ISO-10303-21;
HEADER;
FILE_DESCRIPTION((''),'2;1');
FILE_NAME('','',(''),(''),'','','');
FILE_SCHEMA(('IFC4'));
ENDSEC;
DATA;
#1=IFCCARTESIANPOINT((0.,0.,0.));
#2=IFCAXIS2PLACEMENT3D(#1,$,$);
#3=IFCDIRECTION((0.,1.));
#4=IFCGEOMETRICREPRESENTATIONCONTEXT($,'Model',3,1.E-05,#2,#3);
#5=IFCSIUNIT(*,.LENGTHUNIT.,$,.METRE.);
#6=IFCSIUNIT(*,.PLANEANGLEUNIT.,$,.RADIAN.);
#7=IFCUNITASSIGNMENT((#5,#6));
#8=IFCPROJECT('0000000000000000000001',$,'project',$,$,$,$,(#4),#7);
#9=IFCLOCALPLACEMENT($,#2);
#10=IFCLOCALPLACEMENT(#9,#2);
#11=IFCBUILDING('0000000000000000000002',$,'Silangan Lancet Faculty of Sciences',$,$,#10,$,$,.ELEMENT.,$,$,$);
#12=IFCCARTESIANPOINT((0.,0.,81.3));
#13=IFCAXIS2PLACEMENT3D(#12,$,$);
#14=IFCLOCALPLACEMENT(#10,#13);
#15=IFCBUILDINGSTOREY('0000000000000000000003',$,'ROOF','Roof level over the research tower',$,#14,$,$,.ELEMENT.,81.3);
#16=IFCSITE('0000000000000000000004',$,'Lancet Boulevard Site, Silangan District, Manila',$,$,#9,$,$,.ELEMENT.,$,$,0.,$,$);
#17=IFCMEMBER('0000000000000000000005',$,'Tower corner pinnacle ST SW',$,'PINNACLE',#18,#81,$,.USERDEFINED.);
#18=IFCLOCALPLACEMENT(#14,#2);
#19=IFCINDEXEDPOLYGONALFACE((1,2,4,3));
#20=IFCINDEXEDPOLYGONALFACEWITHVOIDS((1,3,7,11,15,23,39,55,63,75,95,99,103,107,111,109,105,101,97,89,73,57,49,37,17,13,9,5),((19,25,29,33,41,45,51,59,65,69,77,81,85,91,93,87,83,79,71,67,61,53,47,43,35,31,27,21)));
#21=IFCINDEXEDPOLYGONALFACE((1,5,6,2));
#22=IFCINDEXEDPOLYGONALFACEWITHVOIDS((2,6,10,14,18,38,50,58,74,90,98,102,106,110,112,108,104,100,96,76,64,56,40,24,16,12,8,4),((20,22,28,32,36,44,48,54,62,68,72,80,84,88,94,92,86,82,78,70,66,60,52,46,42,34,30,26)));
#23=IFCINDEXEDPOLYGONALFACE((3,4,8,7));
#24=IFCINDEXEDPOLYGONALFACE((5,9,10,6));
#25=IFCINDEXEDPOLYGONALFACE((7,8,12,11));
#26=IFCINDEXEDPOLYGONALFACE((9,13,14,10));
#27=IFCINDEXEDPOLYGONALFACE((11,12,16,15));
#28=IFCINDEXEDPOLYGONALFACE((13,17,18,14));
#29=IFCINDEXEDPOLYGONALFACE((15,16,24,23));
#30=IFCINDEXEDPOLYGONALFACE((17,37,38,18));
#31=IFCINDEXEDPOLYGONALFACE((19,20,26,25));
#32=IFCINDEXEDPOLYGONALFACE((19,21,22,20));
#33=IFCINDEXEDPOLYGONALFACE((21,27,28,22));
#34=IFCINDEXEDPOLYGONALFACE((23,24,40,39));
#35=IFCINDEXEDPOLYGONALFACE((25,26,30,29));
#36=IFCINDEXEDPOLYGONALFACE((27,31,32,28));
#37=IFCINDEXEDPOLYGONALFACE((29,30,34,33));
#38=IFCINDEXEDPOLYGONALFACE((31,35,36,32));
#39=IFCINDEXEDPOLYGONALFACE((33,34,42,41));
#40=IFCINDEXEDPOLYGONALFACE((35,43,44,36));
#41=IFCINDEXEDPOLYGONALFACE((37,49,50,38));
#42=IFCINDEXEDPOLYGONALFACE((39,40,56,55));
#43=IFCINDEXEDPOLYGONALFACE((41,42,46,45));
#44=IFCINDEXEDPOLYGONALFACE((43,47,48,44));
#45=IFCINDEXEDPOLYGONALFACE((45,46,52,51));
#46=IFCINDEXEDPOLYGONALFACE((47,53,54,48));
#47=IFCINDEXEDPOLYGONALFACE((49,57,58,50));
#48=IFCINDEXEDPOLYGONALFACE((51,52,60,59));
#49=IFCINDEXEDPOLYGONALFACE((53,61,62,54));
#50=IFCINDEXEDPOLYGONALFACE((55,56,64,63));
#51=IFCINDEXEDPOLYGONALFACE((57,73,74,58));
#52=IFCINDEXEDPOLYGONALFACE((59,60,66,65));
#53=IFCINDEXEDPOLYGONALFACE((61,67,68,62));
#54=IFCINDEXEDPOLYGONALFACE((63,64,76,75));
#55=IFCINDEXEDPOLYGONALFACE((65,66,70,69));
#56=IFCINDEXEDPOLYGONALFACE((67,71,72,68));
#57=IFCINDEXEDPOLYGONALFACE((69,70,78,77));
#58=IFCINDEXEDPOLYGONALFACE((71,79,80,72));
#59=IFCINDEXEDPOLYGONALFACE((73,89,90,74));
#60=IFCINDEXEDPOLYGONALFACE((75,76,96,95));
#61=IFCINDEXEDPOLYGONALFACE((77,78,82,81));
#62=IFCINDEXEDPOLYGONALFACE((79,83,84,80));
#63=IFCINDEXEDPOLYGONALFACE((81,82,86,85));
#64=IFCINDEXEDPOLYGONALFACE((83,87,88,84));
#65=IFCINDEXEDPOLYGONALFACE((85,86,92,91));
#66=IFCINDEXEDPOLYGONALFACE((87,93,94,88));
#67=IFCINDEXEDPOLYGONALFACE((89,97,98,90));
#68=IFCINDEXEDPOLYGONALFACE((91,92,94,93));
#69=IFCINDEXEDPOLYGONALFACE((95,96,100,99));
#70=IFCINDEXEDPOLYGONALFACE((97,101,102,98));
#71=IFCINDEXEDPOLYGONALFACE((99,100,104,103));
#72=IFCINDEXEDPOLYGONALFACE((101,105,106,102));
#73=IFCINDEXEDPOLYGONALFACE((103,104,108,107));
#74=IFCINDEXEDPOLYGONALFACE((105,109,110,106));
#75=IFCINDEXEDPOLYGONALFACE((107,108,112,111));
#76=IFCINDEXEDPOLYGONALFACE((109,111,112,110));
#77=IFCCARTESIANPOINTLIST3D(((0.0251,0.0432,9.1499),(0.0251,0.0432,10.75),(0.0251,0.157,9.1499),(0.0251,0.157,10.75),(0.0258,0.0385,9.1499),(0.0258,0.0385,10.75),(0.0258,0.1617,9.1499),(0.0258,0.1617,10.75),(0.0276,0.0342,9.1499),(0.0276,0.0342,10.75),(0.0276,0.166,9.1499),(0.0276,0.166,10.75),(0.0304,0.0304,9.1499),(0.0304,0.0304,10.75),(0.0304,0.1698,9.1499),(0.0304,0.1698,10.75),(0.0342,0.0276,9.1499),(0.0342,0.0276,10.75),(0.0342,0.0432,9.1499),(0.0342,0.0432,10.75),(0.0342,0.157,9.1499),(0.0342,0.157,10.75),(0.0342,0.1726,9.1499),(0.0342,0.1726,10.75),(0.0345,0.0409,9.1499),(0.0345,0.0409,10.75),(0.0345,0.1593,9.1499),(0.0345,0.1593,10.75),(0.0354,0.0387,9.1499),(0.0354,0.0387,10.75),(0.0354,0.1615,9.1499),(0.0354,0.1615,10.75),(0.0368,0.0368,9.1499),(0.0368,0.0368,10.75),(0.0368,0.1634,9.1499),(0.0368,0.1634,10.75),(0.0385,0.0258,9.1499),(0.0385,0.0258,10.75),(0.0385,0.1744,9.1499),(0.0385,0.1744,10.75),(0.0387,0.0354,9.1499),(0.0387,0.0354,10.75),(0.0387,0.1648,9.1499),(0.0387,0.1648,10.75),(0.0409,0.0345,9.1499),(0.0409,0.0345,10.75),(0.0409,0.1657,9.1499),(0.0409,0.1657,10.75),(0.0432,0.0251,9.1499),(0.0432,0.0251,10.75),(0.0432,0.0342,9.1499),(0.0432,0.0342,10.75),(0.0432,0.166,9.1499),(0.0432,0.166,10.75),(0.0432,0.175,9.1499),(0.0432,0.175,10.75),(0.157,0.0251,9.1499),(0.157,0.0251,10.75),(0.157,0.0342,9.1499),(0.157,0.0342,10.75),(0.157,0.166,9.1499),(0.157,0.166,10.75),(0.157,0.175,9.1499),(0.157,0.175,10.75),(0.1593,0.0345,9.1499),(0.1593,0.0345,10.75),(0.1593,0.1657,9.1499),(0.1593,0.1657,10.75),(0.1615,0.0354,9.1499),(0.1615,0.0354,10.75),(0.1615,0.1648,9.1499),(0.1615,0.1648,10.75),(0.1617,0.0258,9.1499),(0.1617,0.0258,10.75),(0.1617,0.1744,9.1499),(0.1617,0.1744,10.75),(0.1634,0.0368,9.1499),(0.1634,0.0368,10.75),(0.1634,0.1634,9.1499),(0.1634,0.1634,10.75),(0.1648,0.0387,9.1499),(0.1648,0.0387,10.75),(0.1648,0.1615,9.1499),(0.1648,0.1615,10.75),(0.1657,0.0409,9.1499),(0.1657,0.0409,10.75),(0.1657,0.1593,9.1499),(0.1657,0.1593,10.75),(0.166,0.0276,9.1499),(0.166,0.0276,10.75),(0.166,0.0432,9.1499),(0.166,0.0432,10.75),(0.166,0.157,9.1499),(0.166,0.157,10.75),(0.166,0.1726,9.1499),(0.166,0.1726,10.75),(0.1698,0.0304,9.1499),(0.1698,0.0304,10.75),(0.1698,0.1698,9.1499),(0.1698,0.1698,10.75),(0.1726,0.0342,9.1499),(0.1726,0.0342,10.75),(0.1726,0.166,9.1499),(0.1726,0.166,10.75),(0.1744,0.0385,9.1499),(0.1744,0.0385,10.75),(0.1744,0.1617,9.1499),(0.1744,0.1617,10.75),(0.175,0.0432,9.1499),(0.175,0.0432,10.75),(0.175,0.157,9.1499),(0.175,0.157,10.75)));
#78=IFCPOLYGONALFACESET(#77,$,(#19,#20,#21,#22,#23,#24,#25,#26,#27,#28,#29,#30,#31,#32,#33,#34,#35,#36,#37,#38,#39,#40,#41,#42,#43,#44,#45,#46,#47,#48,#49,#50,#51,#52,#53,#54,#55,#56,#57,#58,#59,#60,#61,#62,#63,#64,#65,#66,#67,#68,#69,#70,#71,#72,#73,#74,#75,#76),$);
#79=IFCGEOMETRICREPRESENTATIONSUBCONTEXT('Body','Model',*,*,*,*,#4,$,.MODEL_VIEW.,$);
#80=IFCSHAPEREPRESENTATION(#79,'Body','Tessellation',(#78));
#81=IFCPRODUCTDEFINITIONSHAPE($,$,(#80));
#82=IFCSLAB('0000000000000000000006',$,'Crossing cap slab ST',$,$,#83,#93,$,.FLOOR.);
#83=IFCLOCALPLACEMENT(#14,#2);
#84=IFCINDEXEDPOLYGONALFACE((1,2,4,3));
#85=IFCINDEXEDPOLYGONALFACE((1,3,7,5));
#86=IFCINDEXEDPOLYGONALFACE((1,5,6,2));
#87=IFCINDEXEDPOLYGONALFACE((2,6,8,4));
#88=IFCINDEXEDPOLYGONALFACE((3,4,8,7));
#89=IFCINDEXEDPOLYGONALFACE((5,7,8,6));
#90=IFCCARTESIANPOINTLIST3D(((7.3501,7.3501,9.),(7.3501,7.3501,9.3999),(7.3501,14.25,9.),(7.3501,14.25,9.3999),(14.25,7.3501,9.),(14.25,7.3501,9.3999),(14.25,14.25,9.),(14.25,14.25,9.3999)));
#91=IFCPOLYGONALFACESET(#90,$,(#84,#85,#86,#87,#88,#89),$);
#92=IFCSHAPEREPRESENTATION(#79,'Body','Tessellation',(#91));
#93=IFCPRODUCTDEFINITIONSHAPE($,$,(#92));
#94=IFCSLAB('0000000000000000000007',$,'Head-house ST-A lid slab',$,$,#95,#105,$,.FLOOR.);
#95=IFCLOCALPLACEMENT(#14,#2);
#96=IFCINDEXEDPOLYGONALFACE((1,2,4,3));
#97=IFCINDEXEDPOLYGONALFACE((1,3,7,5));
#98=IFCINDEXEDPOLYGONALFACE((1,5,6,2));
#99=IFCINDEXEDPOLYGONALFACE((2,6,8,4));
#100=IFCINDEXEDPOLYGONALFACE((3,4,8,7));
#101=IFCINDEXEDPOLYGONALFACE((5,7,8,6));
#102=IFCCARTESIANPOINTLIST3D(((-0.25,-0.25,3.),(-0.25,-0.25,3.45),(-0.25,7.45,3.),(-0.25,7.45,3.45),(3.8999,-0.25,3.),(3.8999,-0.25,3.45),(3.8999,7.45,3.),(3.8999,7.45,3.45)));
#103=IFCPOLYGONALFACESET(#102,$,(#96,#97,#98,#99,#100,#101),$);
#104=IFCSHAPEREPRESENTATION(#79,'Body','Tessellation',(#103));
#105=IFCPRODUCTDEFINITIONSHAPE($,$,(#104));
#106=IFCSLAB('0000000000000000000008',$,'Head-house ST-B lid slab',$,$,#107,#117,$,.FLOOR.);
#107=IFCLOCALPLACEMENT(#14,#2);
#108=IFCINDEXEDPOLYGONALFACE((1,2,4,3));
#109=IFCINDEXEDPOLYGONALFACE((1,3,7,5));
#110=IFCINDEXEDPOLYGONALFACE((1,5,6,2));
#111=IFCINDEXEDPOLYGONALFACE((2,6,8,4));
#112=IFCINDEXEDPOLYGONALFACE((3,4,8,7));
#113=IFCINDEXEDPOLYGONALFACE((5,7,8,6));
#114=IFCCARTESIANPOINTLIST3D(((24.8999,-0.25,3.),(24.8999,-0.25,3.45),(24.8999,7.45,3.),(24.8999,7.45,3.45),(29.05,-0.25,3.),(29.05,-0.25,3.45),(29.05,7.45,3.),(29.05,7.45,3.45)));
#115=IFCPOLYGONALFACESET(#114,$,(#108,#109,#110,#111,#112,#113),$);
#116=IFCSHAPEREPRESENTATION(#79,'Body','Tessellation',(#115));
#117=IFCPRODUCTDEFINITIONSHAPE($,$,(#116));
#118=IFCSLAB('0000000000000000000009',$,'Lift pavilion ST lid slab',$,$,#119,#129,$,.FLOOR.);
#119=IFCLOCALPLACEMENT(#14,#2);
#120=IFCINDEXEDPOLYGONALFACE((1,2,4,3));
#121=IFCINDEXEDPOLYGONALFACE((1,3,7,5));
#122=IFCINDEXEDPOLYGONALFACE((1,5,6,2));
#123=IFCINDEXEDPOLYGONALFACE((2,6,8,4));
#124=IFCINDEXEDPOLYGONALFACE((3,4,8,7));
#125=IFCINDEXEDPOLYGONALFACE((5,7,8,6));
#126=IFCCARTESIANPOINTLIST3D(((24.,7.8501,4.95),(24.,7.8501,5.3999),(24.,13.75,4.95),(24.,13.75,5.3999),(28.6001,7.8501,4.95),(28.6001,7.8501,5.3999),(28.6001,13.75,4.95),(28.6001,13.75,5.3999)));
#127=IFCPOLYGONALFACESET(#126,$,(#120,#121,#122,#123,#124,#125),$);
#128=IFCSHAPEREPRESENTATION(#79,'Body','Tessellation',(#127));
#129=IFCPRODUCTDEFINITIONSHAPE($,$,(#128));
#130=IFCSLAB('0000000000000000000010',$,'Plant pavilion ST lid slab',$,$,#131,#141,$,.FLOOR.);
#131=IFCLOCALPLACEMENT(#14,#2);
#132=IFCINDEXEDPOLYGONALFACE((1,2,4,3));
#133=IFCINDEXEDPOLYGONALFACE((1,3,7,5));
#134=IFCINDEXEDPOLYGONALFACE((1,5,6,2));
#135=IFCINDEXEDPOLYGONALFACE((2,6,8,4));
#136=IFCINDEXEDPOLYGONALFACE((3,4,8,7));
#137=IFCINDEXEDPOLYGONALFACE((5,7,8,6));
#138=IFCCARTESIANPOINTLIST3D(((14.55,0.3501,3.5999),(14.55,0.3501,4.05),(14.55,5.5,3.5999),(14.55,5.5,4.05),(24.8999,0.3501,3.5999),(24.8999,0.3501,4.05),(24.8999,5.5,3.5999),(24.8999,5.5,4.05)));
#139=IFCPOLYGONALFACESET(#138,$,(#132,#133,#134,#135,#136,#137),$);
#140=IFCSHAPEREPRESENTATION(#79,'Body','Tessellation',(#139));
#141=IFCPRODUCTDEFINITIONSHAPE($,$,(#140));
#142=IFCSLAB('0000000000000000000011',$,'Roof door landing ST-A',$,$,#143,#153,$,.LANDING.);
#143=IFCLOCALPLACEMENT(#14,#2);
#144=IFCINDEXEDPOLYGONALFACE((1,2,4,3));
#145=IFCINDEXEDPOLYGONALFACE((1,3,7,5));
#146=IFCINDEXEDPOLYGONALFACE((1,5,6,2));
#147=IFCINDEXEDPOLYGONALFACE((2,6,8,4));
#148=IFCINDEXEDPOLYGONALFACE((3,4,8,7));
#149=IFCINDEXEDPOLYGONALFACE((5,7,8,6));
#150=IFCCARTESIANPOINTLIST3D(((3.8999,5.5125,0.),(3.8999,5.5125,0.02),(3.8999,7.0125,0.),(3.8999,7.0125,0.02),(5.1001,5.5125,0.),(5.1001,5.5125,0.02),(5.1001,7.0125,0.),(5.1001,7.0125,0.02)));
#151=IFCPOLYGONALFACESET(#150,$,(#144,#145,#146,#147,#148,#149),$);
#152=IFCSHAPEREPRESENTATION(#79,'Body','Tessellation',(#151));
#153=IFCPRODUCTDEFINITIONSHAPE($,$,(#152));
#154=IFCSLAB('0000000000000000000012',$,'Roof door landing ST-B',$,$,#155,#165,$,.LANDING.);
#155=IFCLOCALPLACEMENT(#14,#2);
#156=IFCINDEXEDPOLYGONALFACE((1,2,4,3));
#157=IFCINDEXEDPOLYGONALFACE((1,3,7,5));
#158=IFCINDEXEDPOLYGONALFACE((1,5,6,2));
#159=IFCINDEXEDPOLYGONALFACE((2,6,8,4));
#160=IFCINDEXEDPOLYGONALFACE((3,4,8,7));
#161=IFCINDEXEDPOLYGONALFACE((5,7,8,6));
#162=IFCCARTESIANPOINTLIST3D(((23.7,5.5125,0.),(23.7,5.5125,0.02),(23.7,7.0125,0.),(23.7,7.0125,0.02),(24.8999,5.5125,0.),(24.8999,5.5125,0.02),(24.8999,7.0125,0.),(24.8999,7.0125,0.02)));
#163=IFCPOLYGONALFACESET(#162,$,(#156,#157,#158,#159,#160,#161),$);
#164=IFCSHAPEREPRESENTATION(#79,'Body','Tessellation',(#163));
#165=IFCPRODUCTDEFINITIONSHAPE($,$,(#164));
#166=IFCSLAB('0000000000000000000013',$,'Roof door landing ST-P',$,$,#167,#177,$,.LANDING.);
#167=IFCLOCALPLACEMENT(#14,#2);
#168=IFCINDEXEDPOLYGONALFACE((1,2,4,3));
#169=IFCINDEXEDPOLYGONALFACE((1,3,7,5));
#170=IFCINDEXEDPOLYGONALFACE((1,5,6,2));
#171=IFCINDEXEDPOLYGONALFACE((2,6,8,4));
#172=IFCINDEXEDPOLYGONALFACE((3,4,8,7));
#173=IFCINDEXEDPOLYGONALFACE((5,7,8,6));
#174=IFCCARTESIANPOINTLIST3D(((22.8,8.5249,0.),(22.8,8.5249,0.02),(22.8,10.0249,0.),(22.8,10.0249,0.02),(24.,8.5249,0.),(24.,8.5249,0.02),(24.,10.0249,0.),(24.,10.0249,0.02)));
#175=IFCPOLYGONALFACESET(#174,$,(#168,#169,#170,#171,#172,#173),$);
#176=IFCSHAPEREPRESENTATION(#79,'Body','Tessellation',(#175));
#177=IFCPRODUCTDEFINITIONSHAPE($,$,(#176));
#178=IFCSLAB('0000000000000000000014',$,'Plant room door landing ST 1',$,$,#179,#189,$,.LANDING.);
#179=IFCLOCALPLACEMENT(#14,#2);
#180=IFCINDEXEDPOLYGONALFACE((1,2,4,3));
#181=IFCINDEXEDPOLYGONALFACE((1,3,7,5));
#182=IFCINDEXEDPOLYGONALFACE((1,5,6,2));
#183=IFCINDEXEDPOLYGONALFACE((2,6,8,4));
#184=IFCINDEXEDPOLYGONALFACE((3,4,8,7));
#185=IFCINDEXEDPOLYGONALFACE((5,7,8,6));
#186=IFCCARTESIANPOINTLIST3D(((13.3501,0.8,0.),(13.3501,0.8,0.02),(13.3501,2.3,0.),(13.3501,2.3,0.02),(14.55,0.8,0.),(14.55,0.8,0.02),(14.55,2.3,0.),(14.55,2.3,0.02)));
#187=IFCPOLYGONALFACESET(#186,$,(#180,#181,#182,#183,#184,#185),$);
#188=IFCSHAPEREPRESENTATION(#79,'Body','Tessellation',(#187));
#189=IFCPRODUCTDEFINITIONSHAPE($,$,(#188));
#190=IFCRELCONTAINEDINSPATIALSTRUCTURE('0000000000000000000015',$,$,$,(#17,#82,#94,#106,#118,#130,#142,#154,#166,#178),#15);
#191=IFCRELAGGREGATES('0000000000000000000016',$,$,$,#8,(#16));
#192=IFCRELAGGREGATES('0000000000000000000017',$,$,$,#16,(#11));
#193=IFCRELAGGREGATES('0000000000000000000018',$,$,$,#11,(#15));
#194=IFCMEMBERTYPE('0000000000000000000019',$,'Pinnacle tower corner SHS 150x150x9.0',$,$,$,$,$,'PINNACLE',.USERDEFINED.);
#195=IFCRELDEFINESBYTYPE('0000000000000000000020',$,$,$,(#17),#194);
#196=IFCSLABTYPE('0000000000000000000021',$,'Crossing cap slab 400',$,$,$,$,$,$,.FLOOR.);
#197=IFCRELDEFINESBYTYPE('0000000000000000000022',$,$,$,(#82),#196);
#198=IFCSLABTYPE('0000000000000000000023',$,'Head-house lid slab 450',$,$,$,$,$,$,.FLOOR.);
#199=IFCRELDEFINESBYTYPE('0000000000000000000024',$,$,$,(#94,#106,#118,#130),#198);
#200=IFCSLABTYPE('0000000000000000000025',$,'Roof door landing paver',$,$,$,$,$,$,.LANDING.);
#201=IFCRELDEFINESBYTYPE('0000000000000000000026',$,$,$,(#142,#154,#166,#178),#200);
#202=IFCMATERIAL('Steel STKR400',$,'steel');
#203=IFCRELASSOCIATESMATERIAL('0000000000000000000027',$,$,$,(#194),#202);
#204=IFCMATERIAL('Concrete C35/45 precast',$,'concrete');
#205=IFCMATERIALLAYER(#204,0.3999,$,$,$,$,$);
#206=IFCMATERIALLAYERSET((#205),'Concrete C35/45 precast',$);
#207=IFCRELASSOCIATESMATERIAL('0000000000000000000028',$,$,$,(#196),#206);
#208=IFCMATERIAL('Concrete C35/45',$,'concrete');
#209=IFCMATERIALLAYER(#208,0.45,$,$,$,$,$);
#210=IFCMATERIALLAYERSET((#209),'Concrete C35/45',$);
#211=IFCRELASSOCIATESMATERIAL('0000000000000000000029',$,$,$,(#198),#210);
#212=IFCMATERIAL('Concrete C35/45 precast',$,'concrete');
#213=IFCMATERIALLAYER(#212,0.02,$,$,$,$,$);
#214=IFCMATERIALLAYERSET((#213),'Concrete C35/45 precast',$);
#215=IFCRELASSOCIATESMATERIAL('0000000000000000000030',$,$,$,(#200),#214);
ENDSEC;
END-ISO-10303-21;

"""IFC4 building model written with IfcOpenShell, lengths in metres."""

from ifc_helpers import new_model, si_unit, direction, frame, origin, origin_2d, place, context, subcontext, project, spatial, polyline, hollow_rectangle, outline, extrude, material, layer, layer_set, material_profile, profile_set, type_object, element, save


model = new_model("IFC4")

# Units and contexts
model_context = context("Model", 3, precision=1e-05, world=origin(), true_north=direction((0.0, 1.0)))
body_context = subcontext(model_context, "Body", "Model", "MODEL_VIEW")
ifc_project = project(units=[si_unit("LENGTHUNIT", "METRE"), si_unit("PLANEANGLEUNIT", "RADIAN")], contexts=[model_context])

# Site, building, storey
site_placement = place(None, origin())
site = spatial("IfcSite", under=ifc_project, at=site_placement, Name="Lancet Boulevard Site, Silangan District, Manila", CompositionType="ELEMENT", RefElevation=0.0)
building_placement = place(site_placement, origin())
building = spatial("IfcBuilding", under=site, at=building_placement, Name="Silangan Lancet Faculty of Sciences", CompositionType="ELEMENT")
storey_placement = place(building_placement, frame((0.0, 0.0, 81.3)))
storey = spatial("IfcBuildingStorey", under=building, at=storey_placement, Name="ROOF", Description="Roof level over the research tower", CompositionType="ELEMENT", Elevation=81.3)

# Member
ifc_material_1 = material(Name="Steel STKR400", Category="steel")
ifc_material_profile = material_profile(ifc_material_1, hollow_rectangle(XDim=0.1499, YDim=0.1499, WallThickness=0.009, InnerFilletRadius=0.009, OuterFilletRadius=0.0181, at=origin_2d()), Name="SHS 150x150x9.0")
ifc_profile_set = profile_set([ifc_material_profile], Name="Steel STKR400")
member_type = type_object("IfcMemberType", Name="Pinnacle tower corner SHS 150x150x9.0", ElementType="PINNACLE", PredefinedType="USERDEFINED", material=ifc_profile_set)
member_placement = place(storey_placement, frame((0.1001, 0.1001, 9.1499), z_axis=(0.0, 0.0, 1.0), x_axis=(1.0, 0.0, 0.0)))
element("IfcMember", 1, at=member_placement, inside=storey, type_object=member_type, Name="Tower corner pinnacle ST SW", ObjectType="PINNACLE", PredefinedType="USERDEFINED", context=body_context, shape_type="SweptSolid", body=[
    extrude(hollow_rectangle(XDim=0.1499, YDim=0.1499, WallThickness=0.009, InnerFilletRadius=0.009, OuterFilletRadius=0.0181, at=origin_2d()), origin(), (0.0, 0.0, 1.0), 1.6001),
])

# Slabs
ifc_material_2 = material(Name="Concrete C35/45 precast", Category="concrete")
ifc_layer_1 = layer(ifc_material_2, 0.3999)
ifc_layer_set_1 = layer_set([ifc_layer_1], Name="Concrete C35/45 precast")
slab_type_1 = type_object("IfcSlabType", Name="Crossing cap slab 400", PredefinedType="FLOOR", material=ifc_layer_set_1)
slab_1_placement = place(storey_placement, frame((0.0, 0.0, 9.0)))
element("IfcSlab", 2, at=slab_1_placement, inside=storey, type_object=slab_type_1, Name="Crossing cap slab ST", PredefinedType="FLOOR", context=body_context, shape_type="SweptSolid", body=[
    extrude(outline(polyline([(7.3501, 7.3501), (14.25, 7.3501), (14.25, 14.25), (7.3501, 14.25), (7.3501, 7.3501)])), origin(), (0.0, 0.0, 1.0), 0.3999),
])
ifc_material_3 = material(Name="Concrete C35/45", Category="concrete")
ifc_layer_2 = layer(ifc_material_3, 0.45)
ifc_layer_set_2 = layer_set([ifc_layer_2], Name="Concrete C35/45")
slab_type_2 = type_object("IfcSlabType", Name="Head-house lid slab 450", PredefinedType="FLOOR", material=ifc_layer_set_2)
slab_2_placement = place(storey_placement, frame((0.0, 0.0, 3.0)))
element("IfcSlab", 3, at=slab_2_placement, inside=storey, type_object=slab_type_2, Name="Head-house ST-A lid slab", PredefinedType="FLOOR", context=body_context, shape_type="SweptSolid", body=[
    extrude(outline(polyline([(-0.25, -0.25), (3.8999, -0.25), (3.8999, 7.45), (-0.25, 7.45), (-0.25, -0.25)])), origin(), (0.0, 0.0, 1.0), 0.45),
])
slab_3_placement = place(storey_placement, frame((0.0, 0.0, 3.0)))
element("IfcSlab", 4, at=slab_3_placement, inside=storey, type_object=slab_type_2, Name="Head-house ST-B lid slab", PredefinedType="FLOOR", context=body_context, shape_type="SweptSolid", body=[
    extrude(outline(polyline([(24.8999, -0.25), (29.05, -0.25), (29.05, 7.45), (24.8999, 7.45), (24.8999, -0.25)])), origin(), (0.0, 0.0, 1.0), 0.45),
])
slab_4_placement = place(storey_placement, frame((0.0, 0.0, 4.95)))
element("IfcSlab", 5, at=slab_4_placement, inside=storey, type_object=slab_type_2, Name="Lift pavilion ST lid slab", PredefinedType="FLOOR", context=body_context, shape_type="SweptSolid", body=[
    extrude(outline(polyline([(24.0, 7.8501), (28.6001, 7.8501), (28.6001, 13.75), (24.0, 13.75), (24.0, 7.8501)])), origin(), (0.0, 0.0, 1.0), 0.45),
])
slab_5_placement = place(storey_placement, frame((0.0, 0.0, 3.5999)))
element("IfcSlab", 6, at=slab_5_placement, inside=storey, type_object=slab_type_2, Name="Plant pavilion ST lid slab", PredefinedType="FLOOR", context=body_context, shape_type="SweptSolid", body=[
    extrude(outline(polyline([(14.55, 0.3501), (24.8999, 0.3501), (24.8999, 5.5), (14.55, 5.5), (14.55, 0.3501)])), origin(), (0.0, 0.0, 1.0), 0.4502),
])
ifc_material_4 = material(Name="Concrete C35/45 precast", Category="concrete")
ifc_layer_3 = layer(ifc_material_4, 0.02)
ifc_layer_set_3 = layer_set([ifc_layer_3], Name="Concrete C35/45 precast")
slab_type_3 = type_object("IfcSlabType", Name="Roof door landing paver", PredefinedType="LANDING", material=ifc_layer_set_3)
slab_6_placement = place(storey_placement, origin())
element("IfcSlab", 7, at=slab_6_placement, inside=storey, type_object=slab_type_3, Name="Roof door landing ST-A", PredefinedType="LANDING", context=body_context, shape_type="SweptSolid", body=[
    extrude(outline(polyline([(3.8999, 5.5125), (5.1001, 5.5125), (5.1001, 7.0125), (3.8999, 7.0125), (3.8999, 5.5125)])), origin(), (0.0, 0.0, 1.0), 0.02),
])
slab_7_placement = place(storey_placement, origin())
element("IfcSlab", 8, at=slab_7_placement, inside=storey, type_object=slab_type_3, Name="Roof door landing ST-B", PredefinedType="LANDING", context=body_context, shape_type="SweptSolid", body=[
    extrude(outline(polyline([(23.7, 5.5125), (24.8999, 5.5125), (24.8999, 7.0125), (23.7, 7.0125), (23.7, 5.5125)])), origin(), (0.0, 0.0, 1.0), 0.02),
])
slab_8_placement = place(storey_placement, origin())
element("IfcSlab", 9, at=slab_8_placement, inside=storey, type_object=slab_type_3, Name="Roof door landing ST-P", PredefinedType="LANDING", context=body_context, shape_type="SweptSolid", body=[
    extrude(outline(polyline([(22.8, 8.5249), (24.0, 8.5249), (24.0, 10.0249), (22.8, 10.0249), (22.8, 8.5249)])), origin(), (0.0, 0.0, 1.0), 0.02),
])
slab_9_placement = place(storey_placement, origin())
element("IfcSlab", 10, at=slab_9_placement, inside=storey, type_object=slab_type_3, Name="Plant room door landing ST 1", PredefinedType="LANDING", context=body_context, shape_type="SweptSolid", body=[
    extrude(outline(polyline([(13.3501, 0.8), (14.55, 0.8), (14.55, 2.3), (13.3501, 2.3), (13.3501, 0.8)])), origin(), (0.0, 0.0, 1.0), 0.02),
])

save(model, "model.ifc")
